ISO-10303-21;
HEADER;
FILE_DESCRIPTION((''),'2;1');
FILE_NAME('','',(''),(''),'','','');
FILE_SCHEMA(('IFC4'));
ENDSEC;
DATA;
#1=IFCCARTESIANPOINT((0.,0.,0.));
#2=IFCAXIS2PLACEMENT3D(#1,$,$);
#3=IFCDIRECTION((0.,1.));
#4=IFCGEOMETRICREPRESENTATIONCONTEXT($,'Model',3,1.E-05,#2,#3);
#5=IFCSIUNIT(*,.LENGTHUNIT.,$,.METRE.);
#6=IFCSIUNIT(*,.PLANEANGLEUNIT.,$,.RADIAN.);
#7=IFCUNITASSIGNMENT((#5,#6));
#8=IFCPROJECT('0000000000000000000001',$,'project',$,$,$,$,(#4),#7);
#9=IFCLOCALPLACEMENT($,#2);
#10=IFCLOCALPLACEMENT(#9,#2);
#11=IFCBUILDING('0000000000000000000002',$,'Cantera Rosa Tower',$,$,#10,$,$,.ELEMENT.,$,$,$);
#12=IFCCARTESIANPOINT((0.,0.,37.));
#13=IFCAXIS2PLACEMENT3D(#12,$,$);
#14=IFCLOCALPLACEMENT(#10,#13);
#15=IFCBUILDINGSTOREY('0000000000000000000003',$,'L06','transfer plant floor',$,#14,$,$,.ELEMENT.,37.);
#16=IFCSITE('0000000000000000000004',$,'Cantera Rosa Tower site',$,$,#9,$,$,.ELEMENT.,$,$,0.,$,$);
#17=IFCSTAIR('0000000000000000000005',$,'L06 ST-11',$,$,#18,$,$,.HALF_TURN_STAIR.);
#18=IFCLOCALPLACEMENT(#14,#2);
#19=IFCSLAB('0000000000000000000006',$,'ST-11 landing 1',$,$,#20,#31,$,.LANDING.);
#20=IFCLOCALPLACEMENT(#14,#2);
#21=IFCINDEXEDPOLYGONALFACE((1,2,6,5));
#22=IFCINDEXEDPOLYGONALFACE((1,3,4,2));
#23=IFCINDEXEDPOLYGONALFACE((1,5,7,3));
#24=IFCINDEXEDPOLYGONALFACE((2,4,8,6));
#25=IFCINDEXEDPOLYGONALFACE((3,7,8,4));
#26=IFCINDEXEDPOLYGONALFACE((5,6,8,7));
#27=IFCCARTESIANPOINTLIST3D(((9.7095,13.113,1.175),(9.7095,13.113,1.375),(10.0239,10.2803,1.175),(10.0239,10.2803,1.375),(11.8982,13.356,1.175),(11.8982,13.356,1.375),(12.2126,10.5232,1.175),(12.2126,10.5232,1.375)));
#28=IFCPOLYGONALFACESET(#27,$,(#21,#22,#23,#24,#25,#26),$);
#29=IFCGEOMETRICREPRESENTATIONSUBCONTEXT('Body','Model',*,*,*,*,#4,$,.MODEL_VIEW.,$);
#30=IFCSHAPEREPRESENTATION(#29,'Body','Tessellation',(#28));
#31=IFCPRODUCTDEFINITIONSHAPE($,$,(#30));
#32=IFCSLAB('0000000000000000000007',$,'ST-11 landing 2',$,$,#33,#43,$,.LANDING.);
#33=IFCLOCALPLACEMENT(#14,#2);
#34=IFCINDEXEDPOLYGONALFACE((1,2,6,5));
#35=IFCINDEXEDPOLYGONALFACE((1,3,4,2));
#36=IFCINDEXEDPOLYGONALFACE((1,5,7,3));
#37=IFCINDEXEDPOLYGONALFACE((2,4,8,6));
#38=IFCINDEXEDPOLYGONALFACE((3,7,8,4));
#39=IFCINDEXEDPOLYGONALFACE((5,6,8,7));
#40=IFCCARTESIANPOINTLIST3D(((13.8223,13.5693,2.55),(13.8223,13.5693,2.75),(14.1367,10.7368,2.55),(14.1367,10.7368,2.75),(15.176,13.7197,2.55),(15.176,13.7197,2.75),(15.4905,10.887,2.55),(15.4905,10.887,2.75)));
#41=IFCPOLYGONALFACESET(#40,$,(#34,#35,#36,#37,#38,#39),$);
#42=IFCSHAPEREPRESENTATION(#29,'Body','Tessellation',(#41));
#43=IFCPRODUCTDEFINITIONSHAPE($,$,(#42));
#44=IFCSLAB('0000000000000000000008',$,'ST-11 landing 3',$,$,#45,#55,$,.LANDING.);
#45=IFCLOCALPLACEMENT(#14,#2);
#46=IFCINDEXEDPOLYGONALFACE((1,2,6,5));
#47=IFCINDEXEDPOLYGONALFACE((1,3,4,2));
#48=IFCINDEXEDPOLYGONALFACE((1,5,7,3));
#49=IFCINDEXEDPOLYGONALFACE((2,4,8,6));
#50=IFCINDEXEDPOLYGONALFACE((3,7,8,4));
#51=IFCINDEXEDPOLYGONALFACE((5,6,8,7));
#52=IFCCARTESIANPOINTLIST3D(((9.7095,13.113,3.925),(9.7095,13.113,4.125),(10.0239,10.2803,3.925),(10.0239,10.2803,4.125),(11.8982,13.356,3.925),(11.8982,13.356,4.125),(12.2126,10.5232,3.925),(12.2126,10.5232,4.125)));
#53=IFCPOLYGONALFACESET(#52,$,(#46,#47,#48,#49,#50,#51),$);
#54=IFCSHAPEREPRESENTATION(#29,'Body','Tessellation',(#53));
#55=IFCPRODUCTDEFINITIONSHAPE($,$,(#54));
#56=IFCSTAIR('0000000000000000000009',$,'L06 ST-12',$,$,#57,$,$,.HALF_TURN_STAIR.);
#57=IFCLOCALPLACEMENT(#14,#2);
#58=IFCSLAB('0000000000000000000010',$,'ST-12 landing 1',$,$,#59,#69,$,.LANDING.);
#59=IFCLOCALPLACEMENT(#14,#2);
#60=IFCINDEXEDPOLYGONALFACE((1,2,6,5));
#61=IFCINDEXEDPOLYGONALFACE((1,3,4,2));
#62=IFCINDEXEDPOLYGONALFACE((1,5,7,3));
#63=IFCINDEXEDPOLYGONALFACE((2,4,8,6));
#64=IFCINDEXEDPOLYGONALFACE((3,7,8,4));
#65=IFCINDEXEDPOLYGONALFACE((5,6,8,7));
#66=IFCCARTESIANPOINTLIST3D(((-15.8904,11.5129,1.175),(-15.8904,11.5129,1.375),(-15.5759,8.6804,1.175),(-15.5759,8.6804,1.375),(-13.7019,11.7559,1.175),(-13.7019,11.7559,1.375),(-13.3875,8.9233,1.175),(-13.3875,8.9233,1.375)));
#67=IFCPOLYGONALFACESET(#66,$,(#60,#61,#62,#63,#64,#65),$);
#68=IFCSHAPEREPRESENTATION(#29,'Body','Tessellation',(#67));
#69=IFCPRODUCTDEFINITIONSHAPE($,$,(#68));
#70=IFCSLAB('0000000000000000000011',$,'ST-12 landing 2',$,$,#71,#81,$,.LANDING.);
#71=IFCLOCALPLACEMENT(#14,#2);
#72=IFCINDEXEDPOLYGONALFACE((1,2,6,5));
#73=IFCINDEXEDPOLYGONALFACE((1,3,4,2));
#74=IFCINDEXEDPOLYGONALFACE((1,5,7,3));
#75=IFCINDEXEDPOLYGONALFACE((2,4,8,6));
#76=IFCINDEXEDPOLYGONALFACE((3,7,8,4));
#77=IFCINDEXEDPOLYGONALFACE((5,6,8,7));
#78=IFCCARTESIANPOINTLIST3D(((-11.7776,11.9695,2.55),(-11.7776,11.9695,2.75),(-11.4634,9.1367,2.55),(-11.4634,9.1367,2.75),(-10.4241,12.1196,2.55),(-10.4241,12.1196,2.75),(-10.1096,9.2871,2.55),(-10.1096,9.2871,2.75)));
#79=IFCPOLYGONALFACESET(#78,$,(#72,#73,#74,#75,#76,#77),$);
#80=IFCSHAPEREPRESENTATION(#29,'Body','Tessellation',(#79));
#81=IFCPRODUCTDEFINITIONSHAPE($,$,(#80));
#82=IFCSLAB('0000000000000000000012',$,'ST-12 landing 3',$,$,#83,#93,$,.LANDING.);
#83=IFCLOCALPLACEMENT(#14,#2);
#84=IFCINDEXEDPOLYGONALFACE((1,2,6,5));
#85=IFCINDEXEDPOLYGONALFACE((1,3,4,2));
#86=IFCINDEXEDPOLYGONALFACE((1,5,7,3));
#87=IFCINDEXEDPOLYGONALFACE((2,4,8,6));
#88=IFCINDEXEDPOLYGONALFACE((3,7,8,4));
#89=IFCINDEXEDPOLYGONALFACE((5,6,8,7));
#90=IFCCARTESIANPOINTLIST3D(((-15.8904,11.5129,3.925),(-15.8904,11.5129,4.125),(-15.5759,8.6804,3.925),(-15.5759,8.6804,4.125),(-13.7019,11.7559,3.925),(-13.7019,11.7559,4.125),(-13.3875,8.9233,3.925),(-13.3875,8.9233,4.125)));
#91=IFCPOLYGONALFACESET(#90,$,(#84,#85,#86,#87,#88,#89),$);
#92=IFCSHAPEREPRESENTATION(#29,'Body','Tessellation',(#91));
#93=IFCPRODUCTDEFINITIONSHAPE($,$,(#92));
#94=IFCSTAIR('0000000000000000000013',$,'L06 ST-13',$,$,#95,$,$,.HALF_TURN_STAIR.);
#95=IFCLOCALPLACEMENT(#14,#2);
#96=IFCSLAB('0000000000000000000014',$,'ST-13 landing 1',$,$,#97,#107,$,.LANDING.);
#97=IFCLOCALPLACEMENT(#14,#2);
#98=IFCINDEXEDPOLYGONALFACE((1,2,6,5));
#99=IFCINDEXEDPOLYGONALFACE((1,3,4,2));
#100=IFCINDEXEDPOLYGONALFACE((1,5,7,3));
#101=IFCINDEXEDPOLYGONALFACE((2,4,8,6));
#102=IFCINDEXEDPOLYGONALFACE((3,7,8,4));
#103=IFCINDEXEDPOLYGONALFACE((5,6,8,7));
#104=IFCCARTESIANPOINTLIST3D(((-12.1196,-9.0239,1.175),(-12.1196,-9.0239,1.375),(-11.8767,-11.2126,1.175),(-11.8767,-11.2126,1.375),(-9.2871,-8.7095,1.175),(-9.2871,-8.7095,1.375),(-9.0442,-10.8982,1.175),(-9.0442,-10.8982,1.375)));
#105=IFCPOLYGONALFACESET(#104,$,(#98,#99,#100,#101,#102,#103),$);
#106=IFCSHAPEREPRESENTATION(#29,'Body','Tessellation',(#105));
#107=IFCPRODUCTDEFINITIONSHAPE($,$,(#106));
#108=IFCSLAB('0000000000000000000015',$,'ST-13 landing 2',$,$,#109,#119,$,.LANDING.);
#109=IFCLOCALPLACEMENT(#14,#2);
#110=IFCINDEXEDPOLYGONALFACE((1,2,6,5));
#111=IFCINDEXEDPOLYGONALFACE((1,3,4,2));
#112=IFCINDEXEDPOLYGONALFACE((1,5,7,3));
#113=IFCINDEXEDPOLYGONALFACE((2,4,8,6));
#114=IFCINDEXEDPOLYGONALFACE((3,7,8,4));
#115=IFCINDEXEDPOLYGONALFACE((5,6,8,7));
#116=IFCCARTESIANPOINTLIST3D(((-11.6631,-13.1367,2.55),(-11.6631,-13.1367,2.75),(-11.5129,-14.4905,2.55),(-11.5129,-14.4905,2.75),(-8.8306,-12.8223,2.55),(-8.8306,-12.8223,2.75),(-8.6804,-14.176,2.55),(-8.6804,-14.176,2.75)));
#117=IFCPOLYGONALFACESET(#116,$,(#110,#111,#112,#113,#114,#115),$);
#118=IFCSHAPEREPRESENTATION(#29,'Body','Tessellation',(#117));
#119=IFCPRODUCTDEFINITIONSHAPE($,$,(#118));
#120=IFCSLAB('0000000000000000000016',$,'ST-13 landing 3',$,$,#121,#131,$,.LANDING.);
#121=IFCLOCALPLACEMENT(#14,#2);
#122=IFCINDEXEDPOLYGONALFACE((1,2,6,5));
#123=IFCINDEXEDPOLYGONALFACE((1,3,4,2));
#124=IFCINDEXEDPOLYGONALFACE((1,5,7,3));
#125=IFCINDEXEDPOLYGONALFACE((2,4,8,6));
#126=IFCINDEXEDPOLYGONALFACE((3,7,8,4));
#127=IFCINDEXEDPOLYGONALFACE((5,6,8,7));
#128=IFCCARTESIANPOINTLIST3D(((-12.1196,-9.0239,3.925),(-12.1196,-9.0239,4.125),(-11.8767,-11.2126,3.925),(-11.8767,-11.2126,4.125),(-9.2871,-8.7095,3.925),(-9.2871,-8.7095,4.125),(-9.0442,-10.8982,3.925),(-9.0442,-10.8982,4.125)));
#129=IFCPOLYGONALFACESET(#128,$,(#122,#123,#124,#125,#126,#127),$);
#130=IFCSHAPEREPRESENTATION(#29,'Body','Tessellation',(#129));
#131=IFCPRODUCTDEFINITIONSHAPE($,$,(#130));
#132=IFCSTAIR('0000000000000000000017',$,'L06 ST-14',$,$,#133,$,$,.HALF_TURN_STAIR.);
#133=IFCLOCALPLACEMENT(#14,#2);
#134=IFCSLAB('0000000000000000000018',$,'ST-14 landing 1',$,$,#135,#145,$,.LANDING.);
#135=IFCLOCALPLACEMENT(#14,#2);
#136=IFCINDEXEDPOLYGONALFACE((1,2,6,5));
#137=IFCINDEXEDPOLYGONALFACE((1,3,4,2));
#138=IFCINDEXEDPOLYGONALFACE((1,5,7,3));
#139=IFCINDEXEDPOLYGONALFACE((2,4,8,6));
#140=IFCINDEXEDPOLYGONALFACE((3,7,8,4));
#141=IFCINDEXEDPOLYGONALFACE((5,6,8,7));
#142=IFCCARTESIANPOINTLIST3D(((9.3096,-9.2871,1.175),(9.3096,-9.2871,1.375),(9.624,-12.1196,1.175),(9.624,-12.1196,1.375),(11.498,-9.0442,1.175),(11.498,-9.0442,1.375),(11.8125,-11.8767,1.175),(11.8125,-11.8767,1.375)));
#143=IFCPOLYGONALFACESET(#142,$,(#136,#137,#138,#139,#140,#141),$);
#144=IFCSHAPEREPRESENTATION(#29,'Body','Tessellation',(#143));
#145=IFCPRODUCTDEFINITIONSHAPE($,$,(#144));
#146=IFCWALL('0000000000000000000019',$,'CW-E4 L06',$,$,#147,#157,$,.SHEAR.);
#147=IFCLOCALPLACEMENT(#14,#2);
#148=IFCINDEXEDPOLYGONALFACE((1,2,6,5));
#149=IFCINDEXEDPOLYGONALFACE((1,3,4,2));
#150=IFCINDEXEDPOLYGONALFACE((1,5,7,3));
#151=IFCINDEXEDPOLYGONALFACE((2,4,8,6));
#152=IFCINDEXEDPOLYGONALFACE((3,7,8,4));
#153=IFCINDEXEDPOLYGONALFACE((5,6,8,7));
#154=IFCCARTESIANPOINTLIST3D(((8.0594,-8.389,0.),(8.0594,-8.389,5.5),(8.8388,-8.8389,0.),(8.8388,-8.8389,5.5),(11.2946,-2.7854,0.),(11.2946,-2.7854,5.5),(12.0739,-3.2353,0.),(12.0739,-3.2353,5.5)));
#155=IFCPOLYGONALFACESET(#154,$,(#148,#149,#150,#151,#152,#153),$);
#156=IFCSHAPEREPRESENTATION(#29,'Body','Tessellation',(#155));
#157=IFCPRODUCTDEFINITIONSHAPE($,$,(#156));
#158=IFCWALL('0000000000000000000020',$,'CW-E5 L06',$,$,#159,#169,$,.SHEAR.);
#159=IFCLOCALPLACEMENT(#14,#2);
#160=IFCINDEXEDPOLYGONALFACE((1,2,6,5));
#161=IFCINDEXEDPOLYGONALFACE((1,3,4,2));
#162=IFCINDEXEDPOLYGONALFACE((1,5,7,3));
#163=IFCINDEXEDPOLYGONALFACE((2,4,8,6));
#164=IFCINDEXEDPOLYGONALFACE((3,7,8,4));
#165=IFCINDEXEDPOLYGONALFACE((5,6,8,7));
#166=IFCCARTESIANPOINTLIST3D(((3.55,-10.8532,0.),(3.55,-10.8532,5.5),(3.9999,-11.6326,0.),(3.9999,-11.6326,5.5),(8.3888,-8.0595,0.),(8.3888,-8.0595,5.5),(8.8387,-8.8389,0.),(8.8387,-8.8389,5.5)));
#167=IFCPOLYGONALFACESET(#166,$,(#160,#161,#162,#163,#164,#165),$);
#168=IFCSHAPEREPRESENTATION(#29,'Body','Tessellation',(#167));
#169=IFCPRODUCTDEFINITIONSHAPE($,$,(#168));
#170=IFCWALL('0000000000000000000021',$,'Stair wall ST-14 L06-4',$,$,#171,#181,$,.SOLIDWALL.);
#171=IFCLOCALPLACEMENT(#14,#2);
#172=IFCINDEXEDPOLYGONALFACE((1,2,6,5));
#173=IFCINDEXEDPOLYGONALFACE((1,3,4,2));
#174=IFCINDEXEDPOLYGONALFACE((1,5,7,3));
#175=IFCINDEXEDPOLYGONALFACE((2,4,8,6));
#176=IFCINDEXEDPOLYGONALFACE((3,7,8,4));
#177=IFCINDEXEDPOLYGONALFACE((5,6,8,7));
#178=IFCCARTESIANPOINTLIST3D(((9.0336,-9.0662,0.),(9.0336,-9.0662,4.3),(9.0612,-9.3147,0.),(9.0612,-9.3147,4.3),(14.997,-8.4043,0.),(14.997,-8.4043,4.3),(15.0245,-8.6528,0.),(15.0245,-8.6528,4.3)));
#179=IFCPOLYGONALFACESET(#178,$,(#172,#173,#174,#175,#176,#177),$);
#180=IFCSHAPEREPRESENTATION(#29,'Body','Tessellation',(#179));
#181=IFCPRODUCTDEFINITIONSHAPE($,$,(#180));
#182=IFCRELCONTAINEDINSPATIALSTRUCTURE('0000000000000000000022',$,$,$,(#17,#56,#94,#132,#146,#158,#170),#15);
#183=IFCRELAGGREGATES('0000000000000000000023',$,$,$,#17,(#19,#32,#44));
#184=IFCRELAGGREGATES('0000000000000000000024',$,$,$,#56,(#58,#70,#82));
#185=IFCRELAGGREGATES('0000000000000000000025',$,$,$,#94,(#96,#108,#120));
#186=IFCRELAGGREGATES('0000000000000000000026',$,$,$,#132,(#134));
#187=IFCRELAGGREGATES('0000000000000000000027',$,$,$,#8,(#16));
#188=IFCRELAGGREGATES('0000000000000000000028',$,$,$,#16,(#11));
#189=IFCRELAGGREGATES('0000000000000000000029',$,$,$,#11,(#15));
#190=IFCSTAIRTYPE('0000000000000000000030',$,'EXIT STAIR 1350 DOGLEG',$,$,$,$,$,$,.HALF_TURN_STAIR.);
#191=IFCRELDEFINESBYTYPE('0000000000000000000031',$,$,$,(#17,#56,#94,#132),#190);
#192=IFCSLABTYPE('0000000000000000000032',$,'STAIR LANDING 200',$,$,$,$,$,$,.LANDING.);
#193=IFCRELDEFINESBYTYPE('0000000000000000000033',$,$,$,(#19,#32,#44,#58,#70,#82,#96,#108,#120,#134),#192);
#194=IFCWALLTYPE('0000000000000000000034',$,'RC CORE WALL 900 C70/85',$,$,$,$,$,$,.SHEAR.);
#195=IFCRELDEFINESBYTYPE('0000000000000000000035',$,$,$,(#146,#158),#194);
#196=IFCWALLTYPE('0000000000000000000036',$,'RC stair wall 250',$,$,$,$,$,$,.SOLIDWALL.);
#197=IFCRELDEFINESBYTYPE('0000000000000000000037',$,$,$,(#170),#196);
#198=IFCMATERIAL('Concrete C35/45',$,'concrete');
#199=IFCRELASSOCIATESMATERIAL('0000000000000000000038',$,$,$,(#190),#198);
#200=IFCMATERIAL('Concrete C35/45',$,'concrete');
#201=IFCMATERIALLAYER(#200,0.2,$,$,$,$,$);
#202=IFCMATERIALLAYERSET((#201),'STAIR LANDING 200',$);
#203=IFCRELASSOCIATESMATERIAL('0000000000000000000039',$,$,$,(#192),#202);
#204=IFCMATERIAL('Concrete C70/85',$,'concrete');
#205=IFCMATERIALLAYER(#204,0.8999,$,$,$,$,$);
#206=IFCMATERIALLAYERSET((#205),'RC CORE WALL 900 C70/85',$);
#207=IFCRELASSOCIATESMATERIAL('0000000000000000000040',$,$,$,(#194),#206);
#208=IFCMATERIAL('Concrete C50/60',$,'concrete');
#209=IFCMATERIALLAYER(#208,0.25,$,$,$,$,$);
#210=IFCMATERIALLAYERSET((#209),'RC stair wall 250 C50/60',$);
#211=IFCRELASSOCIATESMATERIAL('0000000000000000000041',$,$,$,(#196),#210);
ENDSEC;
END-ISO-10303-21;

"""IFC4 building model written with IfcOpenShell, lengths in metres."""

from ifc_helpers import new_model, si_unit, direction, frame, frame_2d, origin, place, context, subcontext, project, spatial, polyline, rectangle, outline, extrude, material, layer, layer_set, type_object, element, aggregate, save


model = new_model("IFC4")

# Units and contexts
model_context = context("Model", 3, precision=1e-05, world=origin(), true_north=direction((0.0, 1.0)))
body_context = subcontext(model_context, "Body", "Model", "MODEL_VIEW")
ifc_project = project(units=[si_unit("LENGTHUNIT", "METRE"), si_unit("PLANEANGLEUNIT", "RADIAN")], contexts=[model_context])

# Site, building, storey
site_placement = place(None, origin())
site = spatial("IfcSite", under=ifc_project, at=site_placement, Name="Cantera Rosa Tower site", CompositionType="ELEMENT", RefElevation=0.0)
building_placement = place(site_placement, origin())
building = spatial("IfcBuilding", under=site, at=building_placement, Name="Cantera Rosa Tower", CompositionType="ELEMENT")
storey_placement = place(building_placement, frame((0.0, 0.0, 37.0)))
storey = spatial("IfcBuildingStorey", under=building, at=storey_placement, Name="L06", Description="transfer plant floor", CompositionType="ELEMENT", Elevation=37.0)

# Stairs, slabs
ifc_material_1 = material(Name="Concrete C35/45", Category="concrete")
stair_type = type_object("IfcStairType", Name="EXIT STAIR 1350 DOGLEG", PredefinedType="HALF_TURN_STAIR", material=ifc_material_1)
stair_1_placement = place(storey_placement, origin())
stair_1 = element("IfcStair", 1, at=stair_1_placement, inside=storey, type_object=stair_type, Name="L06 ST-11", PredefinedType="HALF_TURN_STAIR")
ifc_material_2 = material(Name="Concrete C35/45", Category="concrete")
ifc_layer_1 = layer(ifc_material_2, 0.2)
ifc_layer_set_1 = layer_set([ifc_layer_1], Name="STAIR LANDING 200")
slab_type = type_object("IfcSlabType", Name="STAIR LANDING 200", PredefinedType="LANDING", material=ifc_layer_set_1)
slab_1_placement = place(storey_placement, frame((0.0, 0.0, 1.175)))
slab_1 = element("IfcSlab", 2, at=slab_1_placement, type_object=slab_type, Name="ST-11 landing 1", PredefinedType="LANDING", context=body_context, shape_type="SweptSolid", body=[
    extrude(outline(polyline([(11.8982, 13.356), (9.7095, 13.113), (10.0239, 10.2803), (12.2126, 10.5232), (11.8982, 13.356)])), origin(), (0.0, 0.0, 1.0), 0.2),
])
slab_2_placement = place(storey_placement, frame((0.0, 0.0, 2.55)))
slab_2 = element("IfcSlab", 3, at=slab_2_placement, type_object=slab_type, Name="ST-11 landing 2", PredefinedType="LANDING", context=body_context, shape_type="SweptSolid", body=[
    extrude(outline(polyline([(15.176, 13.7197), (13.8223, 13.5693), (14.1367, 10.7368), (15.4905, 10.887), (15.176, 13.7197)])), origin(), (0.0, 0.0, 1.0), 0.2),
])
slab_3_placement = place(storey_placement, frame((0.0, 0.0, 3.925)))
slab_3 = element("IfcSlab", 4, at=slab_3_placement, type_object=slab_type, Name="ST-11 landing 3", PredefinedType="LANDING", context=body_context, shape_type="SweptSolid", body=[
    extrude(outline(polyline([(11.8982, 13.356), (9.7095, 13.113), (10.0239, 10.2803), (12.2126, 10.5232), (11.8982, 13.356)])), origin(), (0.0, 0.0, 1.0), 0.2),
])
aggregate(stair_1, [slab_1, slab_2, slab_3])
stair_2_placement = place(storey_placement, origin())
stair_2 = element("IfcStair", 5, at=stair_2_placement, inside=storey, type_object=stair_type, Name="L06 ST-12", PredefinedType="HALF_TURN_STAIR")
slab_4_placement = place(storey_placement, frame((0.0, 0.0, 1.175)))
slab_4 = element("IfcSlab", 6, at=slab_4_placement, type_object=slab_type, Name="ST-12 landing 1", PredefinedType="LANDING", context=body_context, shape_type="SweptSolid", body=[
    extrude(outline(polyline([(-13.7019, 11.7559), (-15.8904, 11.5129), (-15.5759, 8.6804), (-13.3875, 8.9233), (-13.7019, 11.7559)])), origin(), (0.0, 0.0, 1.0), 0.2),
])
slab_5_placement = place(storey_placement, frame((0.0, 0.0, 2.55)))
slab_5 = element("IfcSlab", 7, at=slab_5_placement, type_object=slab_type, Name="ST-12 landing 2", PredefinedType="LANDING", context=body_context, shape_type="SweptSolid", body=[
    extrude(outline(polyline([(-10.4241, 12.1196), (-11.7776, 11.9695), (-11.4634, 9.1367), (-10.1096, 9.2871), (-10.4241, 12.1196)])), origin(), (0.0, 0.0, 1.0), 0.2),
])
slab_6_placement = place(storey_placement, frame((0.0, 0.0, 3.925)))
slab_6 = element("IfcSlab", 8, at=slab_6_placement, type_object=slab_type, Name="ST-12 landing 3", PredefinedType="LANDING", context=body_context, shape_type="SweptSolid", body=[
    extrude(outline(polyline([(-13.7019, 11.7559), (-15.8904, 11.5129), (-15.5759, 8.6804), (-13.3875, 8.9233), (-13.7019, 11.7559)])), origin(), (0.0, 0.0, 1.0), 0.2),
])
aggregate(stair_2, [slab_4, slab_5, slab_6])
stair_3_placement = place(storey_placement, origin())
stair_3 = element("IfcStair", 9, at=stair_3_placement, inside=storey, type_object=stair_type, Name="L06 ST-13", PredefinedType="HALF_TURN_STAIR")
slab_7_placement = place(storey_placement, frame((0.0, 0.0, 1.175)))
slab_7 = element("IfcSlab", 10, at=slab_7_placement, type_object=slab_type, Name="ST-13 landing 1", PredefinedType="LANDING", context=body_context, shape_type="SweptSolid", body=[
    extrude(outline(polyline([(-9.0442, -10.8982), (-9.2871, -8.7095), (-12.1196, -9.0239), (-11.8767, -11.2126), (-9.0442, -10.8982)])), origin(), (0.0, 0.0, 1.0), 0.2),
])
slab_8_placement = place(storey_placement, frame((0.0, 0.0, 2.55)))
slab_8 = element("IfcSlab", 11, at=slab_8_placement, type_object=slab_type, Name="ST-13 landing 2", PredefinedType="LANDING", context=body_context, shape_type="SweptSolid", body=[
    extrude(outline(polyline([(-8.6804, -14.176), (-8.8306, -12.8223), (-11.6631, -13.1367), (-11.5129, -14.4905), (-8.6804, -14.176)])), origin(), (0.0, 0.0, 1.0), 0.2),
])
slab_9_placement = place(storey_placement, frame((0.0, 0.0, 3.925)))
slab_9 = element("IfcSlab", 12, at=slab_9_placement, type_object=slab_type, Name="ST-13 landing 3", PredefinedType="LANDING", context=body_context, shape_type="SweptSolid", body=[
    extrude(outline(polyline([(-9.0442, -10.8982), (-9.2871, -8.7095), (-12.1196, -9.0239), (-11.8767, -11.2126), (-9.0442, -10.8982)])), origin(), (0.0, 0.0, 1.0), 0.2),
])
aggregate(stair_3, [slab_7, slab_8, slab_9])

# Stair, slab
stair_4_placement = place(storey_placement, origin())
stair_4 = element("IfcStair", 13, at=stair_4_placement, inside=storey, type_object=stair_type, Name="L06 ST-14", PredefinedType="HALF_TURN_STAIR")
slab_10_placement = place(storey_placement, frame((0.0, 0.0, 1.175)))
slab_10 = element("IfcSlab", 14, at=slab_10_placement, type_object=slab_type, Name="ST-14 landing 1", PredefinedType="LANDING", context=body_context, shape_type="SweptSolid", body=[
    extrude(outline(polyline([(11.498, -9.0442), (9.3096, -9.2871), (9.624, -12.1196), (11.8125, -11.8767), (11.498, -9.0442)])), origin(), (0.0, 0.0, 1.0), 0.2),
])

# Walls
ifc_material_3 = material(Name="Concrete C70/85", Category="concrete")
ifc_layer_2 = layer(ifc_material_3, 0.8999)
ifc_layer_set_2 = layer_set([ifc_layer_2], Name="RC CORE WALL 900 C70/85")
wall_type_1 = type_object("IfcWallType", Name="RC CORE WALL 900 C70/85", PredefinedType="SHEAR", material=ifc_layer_set_2)
wall_1_placement = place(storey_placement, frame((11.6843, -3.0103, 0.0), z_axis=(0.0, 0.0, 1.0), x_axis=(-0.49999, -0.866031, 0.0)))
element("IfcWall", 15, at=wall_1_placement, inside=storey, type_object=wall_type_1, Name="CW-E4 L06", PredefinedType="SHEAR", context=body_context, shape_type="SweptSolid", body=[
    extrude(rectangle(XDim=6.4705, YDim=0.8999, at=frame_2d((3.2354, 0.0))), origin(), (0.0, 0.0, 1.0), 5.5),
])
wall_2_placement = place(storey_placement, frame((8.6138, -8.4492, 0.0), z_axis=(0.0, 0.0, 1.0), x_axis=(-0.866027, -0.499997, 0.0)))
element("IfcWall", 16, at=wall_2_placement, inside=storey, type_object=wall_type_1, Name="CW-E5 L06", PredefinedType="SHEAR", context=body_context, shape_type="SweptSolid", body=[
    extrude(rectangle(XDim=5.5874, YDim=0.8999, at=frame_2d((2.7937, 0.0))), origin(), (0.0, 0.0, 1.0), 5.5),
])
ifc_material_4 = material(Name="Concrete C50/60", Category="concrete")
ifc_layer_3 = layer(ifc_material_4, 0.25)
ifc_layer_set_3 = layer_set([ifc_layer_3], Name="RC stair wall 250 C50/60")
wall_type_2 = type_object("IfcWallType", Name="RC stair wall 250", PredefinedType="SOLIDWALL", material=ifc_layer_set_3)
wall_3_placement = place(storey_placement, frame((9.0474, -9.1904, 0.0), z_axis=(0.0, 0.0, 1.0), x_axis=(0.993897, 0.110311, 0.0)))
element("IfcWall", 17, at=wall_3_placement, inside=storey, type_object=wall_type_2, Name="Stair wall ST-14 L06-4", PredefinedType="SOLIDWALL", context=body_context, shape_type="SweptSolid", body=[
    extrude(rectangle(XDim=6.0, YDim=0.25, at=frame_2d((3.0, 0.0))), origin(), (0.0, 0.0, 1.0), 4.3),
])

aggregate(stair_4, [slab_10])

save(model, "model.ifc")
